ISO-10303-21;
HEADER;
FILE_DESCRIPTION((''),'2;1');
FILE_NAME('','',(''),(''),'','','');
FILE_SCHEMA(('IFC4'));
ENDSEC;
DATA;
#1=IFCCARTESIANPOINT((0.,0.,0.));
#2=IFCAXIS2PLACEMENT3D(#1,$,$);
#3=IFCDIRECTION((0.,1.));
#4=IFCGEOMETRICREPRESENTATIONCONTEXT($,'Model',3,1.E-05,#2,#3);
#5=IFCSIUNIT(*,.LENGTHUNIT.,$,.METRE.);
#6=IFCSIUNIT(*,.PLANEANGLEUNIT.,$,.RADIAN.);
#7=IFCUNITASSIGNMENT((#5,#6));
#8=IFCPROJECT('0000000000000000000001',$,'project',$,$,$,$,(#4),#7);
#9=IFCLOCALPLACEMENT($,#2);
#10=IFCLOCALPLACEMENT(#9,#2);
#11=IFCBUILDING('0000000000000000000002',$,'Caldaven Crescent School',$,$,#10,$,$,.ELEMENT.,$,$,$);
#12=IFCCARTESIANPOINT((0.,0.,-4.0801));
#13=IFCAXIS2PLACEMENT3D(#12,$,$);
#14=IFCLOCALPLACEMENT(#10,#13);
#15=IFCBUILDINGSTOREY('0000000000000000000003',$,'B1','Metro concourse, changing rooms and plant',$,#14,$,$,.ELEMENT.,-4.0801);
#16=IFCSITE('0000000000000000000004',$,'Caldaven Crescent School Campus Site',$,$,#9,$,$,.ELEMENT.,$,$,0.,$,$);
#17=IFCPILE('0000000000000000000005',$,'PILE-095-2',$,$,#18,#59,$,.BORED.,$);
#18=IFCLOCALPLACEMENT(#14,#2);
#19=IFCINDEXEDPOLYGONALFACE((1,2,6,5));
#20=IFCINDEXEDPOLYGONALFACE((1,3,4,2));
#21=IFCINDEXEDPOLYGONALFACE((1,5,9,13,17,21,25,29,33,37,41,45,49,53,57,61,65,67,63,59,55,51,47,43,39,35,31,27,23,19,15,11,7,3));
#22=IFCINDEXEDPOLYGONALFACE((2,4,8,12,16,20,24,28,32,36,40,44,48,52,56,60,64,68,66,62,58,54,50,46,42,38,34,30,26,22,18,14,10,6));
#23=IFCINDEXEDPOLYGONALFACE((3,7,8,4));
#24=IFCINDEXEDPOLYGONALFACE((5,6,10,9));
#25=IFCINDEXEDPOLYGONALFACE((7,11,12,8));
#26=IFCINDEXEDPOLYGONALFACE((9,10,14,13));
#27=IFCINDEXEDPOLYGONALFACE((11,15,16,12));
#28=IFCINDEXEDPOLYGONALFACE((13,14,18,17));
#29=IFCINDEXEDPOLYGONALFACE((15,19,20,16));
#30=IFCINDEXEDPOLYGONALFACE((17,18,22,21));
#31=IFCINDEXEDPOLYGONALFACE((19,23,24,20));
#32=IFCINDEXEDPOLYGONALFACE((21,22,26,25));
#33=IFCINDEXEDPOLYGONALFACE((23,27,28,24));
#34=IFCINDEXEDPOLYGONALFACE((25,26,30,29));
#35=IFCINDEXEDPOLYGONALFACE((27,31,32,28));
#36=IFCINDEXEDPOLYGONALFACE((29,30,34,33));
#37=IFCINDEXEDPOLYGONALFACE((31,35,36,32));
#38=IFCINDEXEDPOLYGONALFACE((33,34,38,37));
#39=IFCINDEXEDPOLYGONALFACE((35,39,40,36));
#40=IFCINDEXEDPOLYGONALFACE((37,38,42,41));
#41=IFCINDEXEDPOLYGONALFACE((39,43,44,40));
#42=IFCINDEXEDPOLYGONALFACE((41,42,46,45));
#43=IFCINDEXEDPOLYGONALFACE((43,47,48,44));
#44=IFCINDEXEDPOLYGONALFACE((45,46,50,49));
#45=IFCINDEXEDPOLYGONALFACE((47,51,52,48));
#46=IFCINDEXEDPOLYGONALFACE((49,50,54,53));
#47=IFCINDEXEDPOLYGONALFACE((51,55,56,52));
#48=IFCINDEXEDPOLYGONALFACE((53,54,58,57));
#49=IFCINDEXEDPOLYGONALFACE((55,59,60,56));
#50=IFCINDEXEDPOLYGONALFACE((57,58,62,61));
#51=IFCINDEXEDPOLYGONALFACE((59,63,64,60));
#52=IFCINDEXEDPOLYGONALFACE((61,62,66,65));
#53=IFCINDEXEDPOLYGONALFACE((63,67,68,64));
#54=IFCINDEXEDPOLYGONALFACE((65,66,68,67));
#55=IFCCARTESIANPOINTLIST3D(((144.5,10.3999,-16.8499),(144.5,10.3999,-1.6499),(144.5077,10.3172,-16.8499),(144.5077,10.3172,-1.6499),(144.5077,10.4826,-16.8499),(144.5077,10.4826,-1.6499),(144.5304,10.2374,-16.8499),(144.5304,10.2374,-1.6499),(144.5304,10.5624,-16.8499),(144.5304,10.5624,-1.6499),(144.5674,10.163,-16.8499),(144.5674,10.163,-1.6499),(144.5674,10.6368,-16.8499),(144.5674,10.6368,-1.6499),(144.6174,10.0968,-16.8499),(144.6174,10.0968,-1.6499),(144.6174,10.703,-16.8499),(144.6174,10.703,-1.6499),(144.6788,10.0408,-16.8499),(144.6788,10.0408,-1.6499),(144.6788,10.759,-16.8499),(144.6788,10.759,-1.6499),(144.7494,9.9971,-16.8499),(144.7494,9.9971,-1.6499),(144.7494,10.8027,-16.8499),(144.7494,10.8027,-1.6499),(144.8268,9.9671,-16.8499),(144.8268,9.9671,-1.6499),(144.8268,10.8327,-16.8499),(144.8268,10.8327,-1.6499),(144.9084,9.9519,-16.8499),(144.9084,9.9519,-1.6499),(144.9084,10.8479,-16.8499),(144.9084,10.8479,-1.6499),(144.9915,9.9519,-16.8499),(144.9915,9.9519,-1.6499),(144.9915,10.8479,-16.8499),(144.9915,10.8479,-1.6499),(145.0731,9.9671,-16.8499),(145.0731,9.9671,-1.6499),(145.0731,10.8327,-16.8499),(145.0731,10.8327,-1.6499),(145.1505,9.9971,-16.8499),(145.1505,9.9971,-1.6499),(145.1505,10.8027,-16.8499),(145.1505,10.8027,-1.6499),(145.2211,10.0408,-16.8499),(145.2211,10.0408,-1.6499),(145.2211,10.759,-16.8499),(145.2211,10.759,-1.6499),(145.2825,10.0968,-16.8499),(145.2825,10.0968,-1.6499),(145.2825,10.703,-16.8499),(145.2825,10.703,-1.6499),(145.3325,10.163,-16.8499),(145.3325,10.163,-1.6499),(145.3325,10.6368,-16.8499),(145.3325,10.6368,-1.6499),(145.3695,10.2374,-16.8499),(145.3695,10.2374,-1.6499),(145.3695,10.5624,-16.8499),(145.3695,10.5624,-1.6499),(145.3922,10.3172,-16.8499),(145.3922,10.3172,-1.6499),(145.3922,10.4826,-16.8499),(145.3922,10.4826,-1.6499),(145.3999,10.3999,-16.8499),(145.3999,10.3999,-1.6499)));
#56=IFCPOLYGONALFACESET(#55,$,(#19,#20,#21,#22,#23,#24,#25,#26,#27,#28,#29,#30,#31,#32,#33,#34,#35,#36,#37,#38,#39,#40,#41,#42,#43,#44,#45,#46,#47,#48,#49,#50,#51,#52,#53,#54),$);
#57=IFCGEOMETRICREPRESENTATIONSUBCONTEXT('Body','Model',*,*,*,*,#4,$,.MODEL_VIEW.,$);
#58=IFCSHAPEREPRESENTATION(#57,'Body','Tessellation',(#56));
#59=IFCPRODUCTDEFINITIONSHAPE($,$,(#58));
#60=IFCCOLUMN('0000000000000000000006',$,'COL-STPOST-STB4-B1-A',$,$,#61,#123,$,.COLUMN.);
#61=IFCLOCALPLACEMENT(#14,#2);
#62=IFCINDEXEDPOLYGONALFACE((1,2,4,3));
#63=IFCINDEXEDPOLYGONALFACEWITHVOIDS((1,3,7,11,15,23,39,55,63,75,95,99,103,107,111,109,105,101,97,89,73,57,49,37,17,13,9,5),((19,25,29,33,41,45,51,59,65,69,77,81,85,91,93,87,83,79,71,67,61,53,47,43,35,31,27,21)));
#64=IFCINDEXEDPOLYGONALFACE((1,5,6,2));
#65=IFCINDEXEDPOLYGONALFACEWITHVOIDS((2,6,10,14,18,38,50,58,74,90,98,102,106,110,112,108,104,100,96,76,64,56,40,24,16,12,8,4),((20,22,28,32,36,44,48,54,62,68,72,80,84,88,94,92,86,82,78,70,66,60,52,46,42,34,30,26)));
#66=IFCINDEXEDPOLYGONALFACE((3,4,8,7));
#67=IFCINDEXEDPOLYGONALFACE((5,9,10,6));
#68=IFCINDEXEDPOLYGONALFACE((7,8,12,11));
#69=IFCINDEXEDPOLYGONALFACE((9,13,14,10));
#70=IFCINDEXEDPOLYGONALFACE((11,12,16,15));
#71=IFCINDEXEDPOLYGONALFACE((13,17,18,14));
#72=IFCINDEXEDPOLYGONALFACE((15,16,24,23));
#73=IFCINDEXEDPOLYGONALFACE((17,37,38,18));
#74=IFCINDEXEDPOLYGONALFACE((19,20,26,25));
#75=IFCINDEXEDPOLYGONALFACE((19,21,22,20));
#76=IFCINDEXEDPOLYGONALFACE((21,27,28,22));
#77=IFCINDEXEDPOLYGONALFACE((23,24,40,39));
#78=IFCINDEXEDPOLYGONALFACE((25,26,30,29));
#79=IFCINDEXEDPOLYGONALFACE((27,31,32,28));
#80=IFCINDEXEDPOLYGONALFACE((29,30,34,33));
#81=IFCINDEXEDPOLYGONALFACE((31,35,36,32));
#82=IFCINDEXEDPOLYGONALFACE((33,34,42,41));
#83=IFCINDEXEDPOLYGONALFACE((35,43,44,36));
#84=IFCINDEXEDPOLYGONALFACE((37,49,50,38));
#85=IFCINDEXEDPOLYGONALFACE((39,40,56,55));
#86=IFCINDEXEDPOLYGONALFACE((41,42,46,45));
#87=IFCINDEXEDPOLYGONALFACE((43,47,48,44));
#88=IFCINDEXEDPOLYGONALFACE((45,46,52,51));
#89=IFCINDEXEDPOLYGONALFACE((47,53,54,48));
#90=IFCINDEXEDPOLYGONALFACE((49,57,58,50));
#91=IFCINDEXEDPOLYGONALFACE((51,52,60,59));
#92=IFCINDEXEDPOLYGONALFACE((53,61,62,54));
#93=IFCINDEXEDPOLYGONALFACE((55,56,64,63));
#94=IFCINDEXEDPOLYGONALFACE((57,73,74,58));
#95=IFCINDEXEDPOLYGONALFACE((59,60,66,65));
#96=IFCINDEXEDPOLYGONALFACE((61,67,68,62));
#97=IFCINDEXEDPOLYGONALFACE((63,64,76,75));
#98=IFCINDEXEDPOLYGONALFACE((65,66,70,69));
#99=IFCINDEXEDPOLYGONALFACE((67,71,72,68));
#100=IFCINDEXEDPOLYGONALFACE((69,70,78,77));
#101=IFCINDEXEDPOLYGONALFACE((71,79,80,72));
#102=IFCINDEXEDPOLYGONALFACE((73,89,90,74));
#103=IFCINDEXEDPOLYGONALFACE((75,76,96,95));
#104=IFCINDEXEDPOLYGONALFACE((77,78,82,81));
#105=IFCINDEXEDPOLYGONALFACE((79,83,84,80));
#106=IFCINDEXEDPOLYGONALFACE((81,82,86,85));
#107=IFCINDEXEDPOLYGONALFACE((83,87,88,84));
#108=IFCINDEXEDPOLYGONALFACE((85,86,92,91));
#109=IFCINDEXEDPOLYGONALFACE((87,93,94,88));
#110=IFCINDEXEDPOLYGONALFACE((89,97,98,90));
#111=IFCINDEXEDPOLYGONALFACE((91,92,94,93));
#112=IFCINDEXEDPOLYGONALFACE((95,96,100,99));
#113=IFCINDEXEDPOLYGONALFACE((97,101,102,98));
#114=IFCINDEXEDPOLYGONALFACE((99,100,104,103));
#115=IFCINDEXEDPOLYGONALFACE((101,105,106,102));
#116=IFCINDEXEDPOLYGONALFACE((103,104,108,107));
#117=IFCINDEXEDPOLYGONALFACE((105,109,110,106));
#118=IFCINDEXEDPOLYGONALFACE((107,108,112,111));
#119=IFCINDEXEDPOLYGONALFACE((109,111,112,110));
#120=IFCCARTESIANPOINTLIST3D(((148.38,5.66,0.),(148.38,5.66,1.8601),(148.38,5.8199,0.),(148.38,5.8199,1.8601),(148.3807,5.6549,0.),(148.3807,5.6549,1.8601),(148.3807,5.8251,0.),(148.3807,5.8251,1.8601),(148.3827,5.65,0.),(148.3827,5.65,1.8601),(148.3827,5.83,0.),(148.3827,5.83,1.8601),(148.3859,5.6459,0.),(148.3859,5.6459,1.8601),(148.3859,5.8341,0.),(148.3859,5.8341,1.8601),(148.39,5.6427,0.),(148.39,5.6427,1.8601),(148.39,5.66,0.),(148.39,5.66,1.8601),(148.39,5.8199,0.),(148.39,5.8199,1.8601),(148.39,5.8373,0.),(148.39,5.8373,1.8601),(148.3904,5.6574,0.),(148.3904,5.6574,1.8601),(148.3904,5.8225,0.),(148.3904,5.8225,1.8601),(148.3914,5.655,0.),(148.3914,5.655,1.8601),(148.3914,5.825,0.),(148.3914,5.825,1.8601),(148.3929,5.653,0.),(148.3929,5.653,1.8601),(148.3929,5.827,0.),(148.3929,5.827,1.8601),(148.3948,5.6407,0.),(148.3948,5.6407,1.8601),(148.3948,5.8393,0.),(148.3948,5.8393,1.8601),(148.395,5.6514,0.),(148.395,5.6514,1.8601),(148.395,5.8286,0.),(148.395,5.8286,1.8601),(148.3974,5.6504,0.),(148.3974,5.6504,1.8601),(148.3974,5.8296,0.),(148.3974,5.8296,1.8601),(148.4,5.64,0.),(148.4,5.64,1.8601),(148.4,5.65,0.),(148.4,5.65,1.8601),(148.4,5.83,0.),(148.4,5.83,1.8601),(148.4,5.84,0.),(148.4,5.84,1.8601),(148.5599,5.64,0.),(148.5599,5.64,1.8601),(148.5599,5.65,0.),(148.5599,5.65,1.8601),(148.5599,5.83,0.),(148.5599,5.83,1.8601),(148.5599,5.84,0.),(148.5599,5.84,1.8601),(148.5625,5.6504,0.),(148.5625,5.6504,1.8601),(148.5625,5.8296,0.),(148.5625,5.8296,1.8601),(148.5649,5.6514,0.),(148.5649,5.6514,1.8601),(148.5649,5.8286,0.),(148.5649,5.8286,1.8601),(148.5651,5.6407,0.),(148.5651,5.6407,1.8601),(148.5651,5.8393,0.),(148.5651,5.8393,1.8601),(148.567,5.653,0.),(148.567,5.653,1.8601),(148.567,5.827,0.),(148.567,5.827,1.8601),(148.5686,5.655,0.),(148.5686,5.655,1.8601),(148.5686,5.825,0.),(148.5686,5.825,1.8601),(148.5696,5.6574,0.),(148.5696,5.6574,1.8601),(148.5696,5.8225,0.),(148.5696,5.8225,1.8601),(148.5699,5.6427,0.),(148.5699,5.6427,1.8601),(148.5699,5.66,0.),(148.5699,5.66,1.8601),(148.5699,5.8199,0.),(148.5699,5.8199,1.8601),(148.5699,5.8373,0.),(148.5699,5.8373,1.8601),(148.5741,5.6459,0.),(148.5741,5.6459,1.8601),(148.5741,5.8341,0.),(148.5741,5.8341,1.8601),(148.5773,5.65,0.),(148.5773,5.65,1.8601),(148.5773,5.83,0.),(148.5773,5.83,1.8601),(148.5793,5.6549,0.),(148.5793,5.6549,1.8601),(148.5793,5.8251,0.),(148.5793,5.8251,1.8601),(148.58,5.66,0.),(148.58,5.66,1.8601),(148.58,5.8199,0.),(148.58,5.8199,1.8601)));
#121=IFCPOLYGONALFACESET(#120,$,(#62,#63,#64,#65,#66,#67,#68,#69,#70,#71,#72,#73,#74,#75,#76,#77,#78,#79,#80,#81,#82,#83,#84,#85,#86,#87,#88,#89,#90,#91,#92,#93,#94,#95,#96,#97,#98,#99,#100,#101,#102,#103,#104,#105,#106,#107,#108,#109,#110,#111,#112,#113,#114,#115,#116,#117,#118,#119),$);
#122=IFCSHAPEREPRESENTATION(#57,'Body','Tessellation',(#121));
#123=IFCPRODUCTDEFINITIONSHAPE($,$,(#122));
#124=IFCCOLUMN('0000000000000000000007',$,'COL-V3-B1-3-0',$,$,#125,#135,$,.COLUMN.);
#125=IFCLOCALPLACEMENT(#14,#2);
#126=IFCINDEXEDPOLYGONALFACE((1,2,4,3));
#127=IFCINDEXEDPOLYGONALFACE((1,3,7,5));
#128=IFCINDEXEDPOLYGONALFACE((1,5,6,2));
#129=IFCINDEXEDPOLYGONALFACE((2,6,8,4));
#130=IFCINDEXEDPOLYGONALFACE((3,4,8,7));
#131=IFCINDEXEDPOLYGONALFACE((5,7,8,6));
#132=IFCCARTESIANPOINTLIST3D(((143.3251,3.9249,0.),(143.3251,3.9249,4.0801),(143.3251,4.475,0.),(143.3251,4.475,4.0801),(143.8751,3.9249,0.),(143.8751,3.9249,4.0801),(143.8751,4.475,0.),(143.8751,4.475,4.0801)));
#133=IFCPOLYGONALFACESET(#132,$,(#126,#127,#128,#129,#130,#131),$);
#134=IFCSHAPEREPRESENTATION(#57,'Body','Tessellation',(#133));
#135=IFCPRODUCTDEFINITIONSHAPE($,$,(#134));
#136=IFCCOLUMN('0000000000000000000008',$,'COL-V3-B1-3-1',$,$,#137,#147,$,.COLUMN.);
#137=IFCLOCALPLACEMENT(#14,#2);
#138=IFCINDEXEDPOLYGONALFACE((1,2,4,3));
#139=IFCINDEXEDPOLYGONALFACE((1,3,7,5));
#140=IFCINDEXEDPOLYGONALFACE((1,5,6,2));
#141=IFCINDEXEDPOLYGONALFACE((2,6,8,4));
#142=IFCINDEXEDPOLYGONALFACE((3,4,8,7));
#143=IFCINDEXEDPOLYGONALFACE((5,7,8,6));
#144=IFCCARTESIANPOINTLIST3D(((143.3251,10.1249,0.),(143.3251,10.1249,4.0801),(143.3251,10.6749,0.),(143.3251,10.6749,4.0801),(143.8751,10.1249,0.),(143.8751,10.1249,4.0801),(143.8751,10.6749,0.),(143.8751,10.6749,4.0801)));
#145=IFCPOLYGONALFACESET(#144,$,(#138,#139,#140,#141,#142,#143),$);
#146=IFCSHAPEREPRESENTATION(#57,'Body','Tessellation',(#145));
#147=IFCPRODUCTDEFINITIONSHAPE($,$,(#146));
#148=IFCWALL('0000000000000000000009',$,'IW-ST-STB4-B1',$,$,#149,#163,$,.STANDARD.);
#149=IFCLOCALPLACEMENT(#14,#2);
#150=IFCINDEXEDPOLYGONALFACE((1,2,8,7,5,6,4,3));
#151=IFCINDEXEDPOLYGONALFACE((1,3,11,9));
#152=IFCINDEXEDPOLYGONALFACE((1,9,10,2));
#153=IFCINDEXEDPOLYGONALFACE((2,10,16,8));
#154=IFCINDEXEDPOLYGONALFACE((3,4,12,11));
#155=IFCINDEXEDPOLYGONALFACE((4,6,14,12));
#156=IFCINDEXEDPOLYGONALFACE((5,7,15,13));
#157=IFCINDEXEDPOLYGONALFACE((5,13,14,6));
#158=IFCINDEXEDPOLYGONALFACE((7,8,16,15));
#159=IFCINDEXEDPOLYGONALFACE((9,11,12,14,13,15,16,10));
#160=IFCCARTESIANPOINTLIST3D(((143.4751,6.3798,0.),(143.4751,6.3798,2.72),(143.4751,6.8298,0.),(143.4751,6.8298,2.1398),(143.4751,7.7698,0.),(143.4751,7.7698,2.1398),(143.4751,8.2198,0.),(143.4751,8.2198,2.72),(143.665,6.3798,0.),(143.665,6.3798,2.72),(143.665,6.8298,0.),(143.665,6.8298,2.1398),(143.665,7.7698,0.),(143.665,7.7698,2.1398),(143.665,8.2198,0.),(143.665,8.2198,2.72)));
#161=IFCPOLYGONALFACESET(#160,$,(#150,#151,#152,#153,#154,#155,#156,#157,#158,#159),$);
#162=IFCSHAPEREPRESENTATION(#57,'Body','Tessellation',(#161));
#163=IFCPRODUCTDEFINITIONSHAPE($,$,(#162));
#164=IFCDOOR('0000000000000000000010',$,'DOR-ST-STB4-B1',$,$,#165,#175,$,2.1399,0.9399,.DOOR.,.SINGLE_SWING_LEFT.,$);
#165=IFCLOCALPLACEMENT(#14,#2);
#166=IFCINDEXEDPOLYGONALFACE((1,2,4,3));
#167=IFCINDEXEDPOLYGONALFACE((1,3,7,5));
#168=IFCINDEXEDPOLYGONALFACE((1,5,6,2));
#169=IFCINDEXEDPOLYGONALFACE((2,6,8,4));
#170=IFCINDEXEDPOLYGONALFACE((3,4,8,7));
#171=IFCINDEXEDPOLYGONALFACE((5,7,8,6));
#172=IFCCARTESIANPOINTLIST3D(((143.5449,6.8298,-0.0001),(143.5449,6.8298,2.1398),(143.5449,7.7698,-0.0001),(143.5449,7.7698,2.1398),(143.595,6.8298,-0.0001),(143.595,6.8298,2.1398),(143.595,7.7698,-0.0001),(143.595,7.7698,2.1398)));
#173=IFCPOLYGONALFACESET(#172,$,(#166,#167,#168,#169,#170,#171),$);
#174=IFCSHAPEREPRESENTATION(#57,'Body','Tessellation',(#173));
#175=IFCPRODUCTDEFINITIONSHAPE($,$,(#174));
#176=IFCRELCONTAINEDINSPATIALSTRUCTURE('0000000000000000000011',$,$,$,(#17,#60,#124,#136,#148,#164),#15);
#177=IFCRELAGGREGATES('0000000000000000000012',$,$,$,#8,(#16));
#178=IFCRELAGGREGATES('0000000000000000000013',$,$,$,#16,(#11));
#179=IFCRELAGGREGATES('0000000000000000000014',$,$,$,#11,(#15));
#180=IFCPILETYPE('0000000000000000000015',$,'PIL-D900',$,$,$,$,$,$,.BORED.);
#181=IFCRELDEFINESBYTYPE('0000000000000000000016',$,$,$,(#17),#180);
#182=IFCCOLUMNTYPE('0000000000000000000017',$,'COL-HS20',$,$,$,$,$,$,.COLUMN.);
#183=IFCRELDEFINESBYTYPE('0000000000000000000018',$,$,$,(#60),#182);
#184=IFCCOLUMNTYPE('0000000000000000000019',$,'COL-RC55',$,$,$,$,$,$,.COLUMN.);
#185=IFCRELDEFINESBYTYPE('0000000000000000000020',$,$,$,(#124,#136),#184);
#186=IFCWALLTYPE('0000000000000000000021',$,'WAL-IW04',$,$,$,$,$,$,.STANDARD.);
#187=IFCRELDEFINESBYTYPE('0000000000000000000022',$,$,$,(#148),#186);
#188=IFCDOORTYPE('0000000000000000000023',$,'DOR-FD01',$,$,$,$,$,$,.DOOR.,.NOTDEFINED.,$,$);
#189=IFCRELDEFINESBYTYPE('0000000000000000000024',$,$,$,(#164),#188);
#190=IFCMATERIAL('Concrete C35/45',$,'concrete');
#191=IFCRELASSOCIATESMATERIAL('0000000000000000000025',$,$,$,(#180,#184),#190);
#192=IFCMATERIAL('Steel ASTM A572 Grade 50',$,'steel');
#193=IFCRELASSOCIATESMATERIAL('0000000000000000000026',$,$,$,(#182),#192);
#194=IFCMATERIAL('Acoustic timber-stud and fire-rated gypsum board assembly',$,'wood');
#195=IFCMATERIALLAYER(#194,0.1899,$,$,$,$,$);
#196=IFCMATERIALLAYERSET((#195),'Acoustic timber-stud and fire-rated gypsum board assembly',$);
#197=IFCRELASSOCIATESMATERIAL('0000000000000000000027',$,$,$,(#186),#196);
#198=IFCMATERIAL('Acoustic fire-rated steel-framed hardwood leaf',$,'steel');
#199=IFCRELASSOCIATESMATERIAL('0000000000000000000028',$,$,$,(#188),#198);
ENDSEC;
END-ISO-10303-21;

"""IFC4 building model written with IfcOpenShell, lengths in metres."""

from ifc_helpers import new_model, si_unit, direction, frame, frame_2d, origin, origin_2d, place, context, subcontext, project, spatial, rectangle, hollow_rectangle, circle, extrude, material, layer, layer_set, material_profile, profile_set, type_object, element, fill, save


model = new_model("IFC4")

# Units and contexts
model_context = context("Model", 3, precision=1e-05, world=origin(), true_north=direction((0.0, 1.0)))
body_context = subcontext(model_context, "Body", "Model", "MODEL_VIEW")
ifc_project = project(units=[si_unit("LENGTHUNIT", "METRE"), si_unit("PLANEANGLEUNIT", "RADIAN")], contexts=[model_context])

# Site, building, storey
site_placement = place(None, origin())
site = spatial("IfcSite", under=ifc_project, at=site_placement, Name="Caldaven Crescent School Campus Site", CompositionType="ELEMENT", RefElevation=0.0)
building_placement = place(site_placement, origin())
building = spatial("IfcBuilding", under=site, at=building_placement, Name="Caldaven Crescent School", CompositionType="ELEMENT")
storey_placement = place(building_placement, frame((0.0, 0.0, -4.0801)))
storey = spatial("IfcBuildingStorey", under=building, at=storey_placement, Name="B1", Description="Metro concourse, changing rooms and plant", CompositionType="ELEMENT", Elevation=-4.0801)

# Shared definitions
ifc_material_1 = material(Name="Concrete C35/45", Category="concrete")

# Pile
ifc_material_profile_1 = material_profile(ifc_material_1, circle(Radius=0.45, at=origin_2d()), Name="PILE D900")
ifc_profile_set_1 = profile_set([ifc_material_profile_1], Name="Concrete C35/45")
pile_type = type_object("IfcPileType", Name="PIL-D900", PredefinedType="BORED", material=ifc_profile_set_1)
for number, where, z_axis, x_axis, name in (
    (1, (144.95, 10.3999, -1.6499), (0.0, 0.0, -1.0), (1.0, 0.0, 0.0), "PILE-095-2"),
):
    element("IfcPile", number, at=place(storey_placement, frame(where, z_axis=z_axis, x_axis=x_axis)), inside=storey, type_object=pile_type, Name=name, PredefinedType="BORED", context=body_context, shape_type="SweptSolid", body=[
        extrude(circle(Radius=0.45, at=origin_2d()), origin(), (0.0, 0.0, 1.0), 15.2),
    ])

# Columns
ifc_material_2 = material(Name="Steel ASTM A572 Grade 50", Category="steel")
ifc_material_profile_2 = material_profile(ifc_material_2, hollow_rectangle(XDim=0.2, YDim=0.2, WallThickness=0.01, InnerFilletRadius=0.01, OuterFilletRadius=0.02, at=origin_2d()), Name="HSS 200x200x10")
ifc_profile_set_2 = profile_set([ifc_material_profile_2], Name="Steel ASTM A572 Grade 50")
column_type_1 = type_object("IfcColumnType", Name="COL-HS20", PredefinedType="COLUMN", material=ifc_profile_set_2)
column_placement = place(storey_placement, frame((148.48, 5.74, 0.0), z_axis=(0.0, 0.0, 1.0), x_axis=(1.0, 0.0, 0.0)))
element("IfcColumn", 2, at=column_placement, inside=storey, type_object=column_type_1, Name="COL-STPOST-STB4-B1-A", PredefinedType="COLUMN", context=body_context, shape_type="SweptSolid", body=[
    extrude(hollow_rectangle(XDim=0.2, YDim=0.2, WallThickness=0.01, InnerFilletRadius=0.01, OuterFilletRadius=0.02, at=origin_2d()), origin(), (0.0, 0.0, 1.0), 1.8601),
])
ifc_material_profile_3 = material_profile(ifc_material_1, rectangle(XDim=0.55, YDim=0.55, at=origin_2d()), Name="RC 550x550")
ifc_profile_set_3 = profile_set([ifc_material_profile_3], Name="Concrete C35/45")
column_type_2 = type_object("IfcColumnType", Name="COL-RC55", PredefinedType="COLUMN", material=ifc_profile_set_3)
for number, where, z_axis, x_axis, name in (
    (3, (143.6001, 4.2, 0.0), (0.0, 0.0, 1.0), (1.0, 0.0, 0.0), "COL-V3-B1-3-0"),
    (4, (143.6001, 10.3999, 0.0), (0.0, 0.0, 1.0), (1.0, 0.0, 0.0), "COL-V3-B1-3-1"),
):
    element("IfcColumn", number, at=place(storey_placement, frame(where, z_axis=z_axis, x_axis=x_axis)), inside=storey, type_object=column_type_2, Name=name, PredefinedType="COLUMN", context=body_context, shape_type="SweptSolid", body=[
        extrude(rectangle(XDim=0.55, YDim=0.55, at=origin_2d()), origin(), (0.0, 0.0, 1.0), 4.0801),
    ])

# Wall, opening, door
ifc_material_3 = material(Name="Acoustic timber-stud and fire-rated gypsum board assembly", Category="wood")
ifc_layer_1 = layer(ifc_material_3, 0.1899)
ifc_layer_set_1 = layer_set([ifc_layer_1], Name="Acoustic timber-stud and fire-rated gypsum board assembly")
wall_type_1 = type_object("IfcWallType", Name="WAL-IW04", PredefinedType="STANDARD", material=ifc_layer_set_1)
wall_1_placement = place(storey_placement, frame((143.5701, 6.3799, 0.0), z_axis=(0.0, 0.0, 1.0), x_axis=(0.0, 1.0, 0.0)))
wall_1 = element("IfcWall", 5, at=wall_1_placement, inside=storey, type_object=wall_type_1, Name="IW-ST-STB4-B1", PredefinedType="STANDARD", context=body_context, shape_type="SweptSolid", body=[
    extrude(rectangle(XDim=1.8401, YDim=0.1899, at=frame_2d((0.9199, 0.0))), origin(), (0.0, 0.0, 1.0), 2.72),
])
opening_1_placement = place(wall_1_placement, frame((0.45, 0.0, 0.0)))
opening_1 = element("IfcOpeningElement", 6, at=opening_1_placement, cuts=wall_1, PredefinedType="OPENING", context=body_context, shape_type="SweptSolid", body=[
    extrude(rectangle(XDim=0.9399, YDim=2.1399, at=frame_2d((0.47, 1.0698))), frame((0.0, 0.105, 0.0), z_axis=(0.0, -1.0, 0.0), x_axis=(1.0, 0.0, 0.0)), (0.0, 0.0, 1.0), 0.21),
])
ifc_material_4 = material(Name="Acoustic fire-rated steel-framed hardwood leaf", Category="steel")
door_type_1 = type_object("IfcDoorType", Name="DOR-FD01", OperationType="NOTDEFINED", PredefinedType="DOOR", material=ifc_material_4)
door_1_placement = place(opening_1_placement, frame((0.9399, 0.0, 0.0), z_axis=(0.0, 0.0, 1.0), x_axis=(-1.0, 0.0, 0.0)))
door_1 = element("IfcDoor", 7, at=door_1_placement, inside=storey, type_object=door_type_1, Name="DOR-ST-STB4-B1", OperationType="SINGLE_SWING_LEFT", OverallHeight=2.1399, OverallWidth=0.9399, PredefinedType="DOOR", context=body_context, shape_type="SweptSolid", body=[
    extrude(rectangle(XDim=0.9399, YDim=2.1399, at=frame_2d((0.47, 1.0698))), frame((0.0, 0.0249, 0.0), z_axis=(0.0, -1.0, 0.0), x_axis=(1.0, 0.0, 0.0)), (0.0, 0.0, 1.0), 0.05),
])
fill(opening_1, door_1)

save(model, "model.ifc")
